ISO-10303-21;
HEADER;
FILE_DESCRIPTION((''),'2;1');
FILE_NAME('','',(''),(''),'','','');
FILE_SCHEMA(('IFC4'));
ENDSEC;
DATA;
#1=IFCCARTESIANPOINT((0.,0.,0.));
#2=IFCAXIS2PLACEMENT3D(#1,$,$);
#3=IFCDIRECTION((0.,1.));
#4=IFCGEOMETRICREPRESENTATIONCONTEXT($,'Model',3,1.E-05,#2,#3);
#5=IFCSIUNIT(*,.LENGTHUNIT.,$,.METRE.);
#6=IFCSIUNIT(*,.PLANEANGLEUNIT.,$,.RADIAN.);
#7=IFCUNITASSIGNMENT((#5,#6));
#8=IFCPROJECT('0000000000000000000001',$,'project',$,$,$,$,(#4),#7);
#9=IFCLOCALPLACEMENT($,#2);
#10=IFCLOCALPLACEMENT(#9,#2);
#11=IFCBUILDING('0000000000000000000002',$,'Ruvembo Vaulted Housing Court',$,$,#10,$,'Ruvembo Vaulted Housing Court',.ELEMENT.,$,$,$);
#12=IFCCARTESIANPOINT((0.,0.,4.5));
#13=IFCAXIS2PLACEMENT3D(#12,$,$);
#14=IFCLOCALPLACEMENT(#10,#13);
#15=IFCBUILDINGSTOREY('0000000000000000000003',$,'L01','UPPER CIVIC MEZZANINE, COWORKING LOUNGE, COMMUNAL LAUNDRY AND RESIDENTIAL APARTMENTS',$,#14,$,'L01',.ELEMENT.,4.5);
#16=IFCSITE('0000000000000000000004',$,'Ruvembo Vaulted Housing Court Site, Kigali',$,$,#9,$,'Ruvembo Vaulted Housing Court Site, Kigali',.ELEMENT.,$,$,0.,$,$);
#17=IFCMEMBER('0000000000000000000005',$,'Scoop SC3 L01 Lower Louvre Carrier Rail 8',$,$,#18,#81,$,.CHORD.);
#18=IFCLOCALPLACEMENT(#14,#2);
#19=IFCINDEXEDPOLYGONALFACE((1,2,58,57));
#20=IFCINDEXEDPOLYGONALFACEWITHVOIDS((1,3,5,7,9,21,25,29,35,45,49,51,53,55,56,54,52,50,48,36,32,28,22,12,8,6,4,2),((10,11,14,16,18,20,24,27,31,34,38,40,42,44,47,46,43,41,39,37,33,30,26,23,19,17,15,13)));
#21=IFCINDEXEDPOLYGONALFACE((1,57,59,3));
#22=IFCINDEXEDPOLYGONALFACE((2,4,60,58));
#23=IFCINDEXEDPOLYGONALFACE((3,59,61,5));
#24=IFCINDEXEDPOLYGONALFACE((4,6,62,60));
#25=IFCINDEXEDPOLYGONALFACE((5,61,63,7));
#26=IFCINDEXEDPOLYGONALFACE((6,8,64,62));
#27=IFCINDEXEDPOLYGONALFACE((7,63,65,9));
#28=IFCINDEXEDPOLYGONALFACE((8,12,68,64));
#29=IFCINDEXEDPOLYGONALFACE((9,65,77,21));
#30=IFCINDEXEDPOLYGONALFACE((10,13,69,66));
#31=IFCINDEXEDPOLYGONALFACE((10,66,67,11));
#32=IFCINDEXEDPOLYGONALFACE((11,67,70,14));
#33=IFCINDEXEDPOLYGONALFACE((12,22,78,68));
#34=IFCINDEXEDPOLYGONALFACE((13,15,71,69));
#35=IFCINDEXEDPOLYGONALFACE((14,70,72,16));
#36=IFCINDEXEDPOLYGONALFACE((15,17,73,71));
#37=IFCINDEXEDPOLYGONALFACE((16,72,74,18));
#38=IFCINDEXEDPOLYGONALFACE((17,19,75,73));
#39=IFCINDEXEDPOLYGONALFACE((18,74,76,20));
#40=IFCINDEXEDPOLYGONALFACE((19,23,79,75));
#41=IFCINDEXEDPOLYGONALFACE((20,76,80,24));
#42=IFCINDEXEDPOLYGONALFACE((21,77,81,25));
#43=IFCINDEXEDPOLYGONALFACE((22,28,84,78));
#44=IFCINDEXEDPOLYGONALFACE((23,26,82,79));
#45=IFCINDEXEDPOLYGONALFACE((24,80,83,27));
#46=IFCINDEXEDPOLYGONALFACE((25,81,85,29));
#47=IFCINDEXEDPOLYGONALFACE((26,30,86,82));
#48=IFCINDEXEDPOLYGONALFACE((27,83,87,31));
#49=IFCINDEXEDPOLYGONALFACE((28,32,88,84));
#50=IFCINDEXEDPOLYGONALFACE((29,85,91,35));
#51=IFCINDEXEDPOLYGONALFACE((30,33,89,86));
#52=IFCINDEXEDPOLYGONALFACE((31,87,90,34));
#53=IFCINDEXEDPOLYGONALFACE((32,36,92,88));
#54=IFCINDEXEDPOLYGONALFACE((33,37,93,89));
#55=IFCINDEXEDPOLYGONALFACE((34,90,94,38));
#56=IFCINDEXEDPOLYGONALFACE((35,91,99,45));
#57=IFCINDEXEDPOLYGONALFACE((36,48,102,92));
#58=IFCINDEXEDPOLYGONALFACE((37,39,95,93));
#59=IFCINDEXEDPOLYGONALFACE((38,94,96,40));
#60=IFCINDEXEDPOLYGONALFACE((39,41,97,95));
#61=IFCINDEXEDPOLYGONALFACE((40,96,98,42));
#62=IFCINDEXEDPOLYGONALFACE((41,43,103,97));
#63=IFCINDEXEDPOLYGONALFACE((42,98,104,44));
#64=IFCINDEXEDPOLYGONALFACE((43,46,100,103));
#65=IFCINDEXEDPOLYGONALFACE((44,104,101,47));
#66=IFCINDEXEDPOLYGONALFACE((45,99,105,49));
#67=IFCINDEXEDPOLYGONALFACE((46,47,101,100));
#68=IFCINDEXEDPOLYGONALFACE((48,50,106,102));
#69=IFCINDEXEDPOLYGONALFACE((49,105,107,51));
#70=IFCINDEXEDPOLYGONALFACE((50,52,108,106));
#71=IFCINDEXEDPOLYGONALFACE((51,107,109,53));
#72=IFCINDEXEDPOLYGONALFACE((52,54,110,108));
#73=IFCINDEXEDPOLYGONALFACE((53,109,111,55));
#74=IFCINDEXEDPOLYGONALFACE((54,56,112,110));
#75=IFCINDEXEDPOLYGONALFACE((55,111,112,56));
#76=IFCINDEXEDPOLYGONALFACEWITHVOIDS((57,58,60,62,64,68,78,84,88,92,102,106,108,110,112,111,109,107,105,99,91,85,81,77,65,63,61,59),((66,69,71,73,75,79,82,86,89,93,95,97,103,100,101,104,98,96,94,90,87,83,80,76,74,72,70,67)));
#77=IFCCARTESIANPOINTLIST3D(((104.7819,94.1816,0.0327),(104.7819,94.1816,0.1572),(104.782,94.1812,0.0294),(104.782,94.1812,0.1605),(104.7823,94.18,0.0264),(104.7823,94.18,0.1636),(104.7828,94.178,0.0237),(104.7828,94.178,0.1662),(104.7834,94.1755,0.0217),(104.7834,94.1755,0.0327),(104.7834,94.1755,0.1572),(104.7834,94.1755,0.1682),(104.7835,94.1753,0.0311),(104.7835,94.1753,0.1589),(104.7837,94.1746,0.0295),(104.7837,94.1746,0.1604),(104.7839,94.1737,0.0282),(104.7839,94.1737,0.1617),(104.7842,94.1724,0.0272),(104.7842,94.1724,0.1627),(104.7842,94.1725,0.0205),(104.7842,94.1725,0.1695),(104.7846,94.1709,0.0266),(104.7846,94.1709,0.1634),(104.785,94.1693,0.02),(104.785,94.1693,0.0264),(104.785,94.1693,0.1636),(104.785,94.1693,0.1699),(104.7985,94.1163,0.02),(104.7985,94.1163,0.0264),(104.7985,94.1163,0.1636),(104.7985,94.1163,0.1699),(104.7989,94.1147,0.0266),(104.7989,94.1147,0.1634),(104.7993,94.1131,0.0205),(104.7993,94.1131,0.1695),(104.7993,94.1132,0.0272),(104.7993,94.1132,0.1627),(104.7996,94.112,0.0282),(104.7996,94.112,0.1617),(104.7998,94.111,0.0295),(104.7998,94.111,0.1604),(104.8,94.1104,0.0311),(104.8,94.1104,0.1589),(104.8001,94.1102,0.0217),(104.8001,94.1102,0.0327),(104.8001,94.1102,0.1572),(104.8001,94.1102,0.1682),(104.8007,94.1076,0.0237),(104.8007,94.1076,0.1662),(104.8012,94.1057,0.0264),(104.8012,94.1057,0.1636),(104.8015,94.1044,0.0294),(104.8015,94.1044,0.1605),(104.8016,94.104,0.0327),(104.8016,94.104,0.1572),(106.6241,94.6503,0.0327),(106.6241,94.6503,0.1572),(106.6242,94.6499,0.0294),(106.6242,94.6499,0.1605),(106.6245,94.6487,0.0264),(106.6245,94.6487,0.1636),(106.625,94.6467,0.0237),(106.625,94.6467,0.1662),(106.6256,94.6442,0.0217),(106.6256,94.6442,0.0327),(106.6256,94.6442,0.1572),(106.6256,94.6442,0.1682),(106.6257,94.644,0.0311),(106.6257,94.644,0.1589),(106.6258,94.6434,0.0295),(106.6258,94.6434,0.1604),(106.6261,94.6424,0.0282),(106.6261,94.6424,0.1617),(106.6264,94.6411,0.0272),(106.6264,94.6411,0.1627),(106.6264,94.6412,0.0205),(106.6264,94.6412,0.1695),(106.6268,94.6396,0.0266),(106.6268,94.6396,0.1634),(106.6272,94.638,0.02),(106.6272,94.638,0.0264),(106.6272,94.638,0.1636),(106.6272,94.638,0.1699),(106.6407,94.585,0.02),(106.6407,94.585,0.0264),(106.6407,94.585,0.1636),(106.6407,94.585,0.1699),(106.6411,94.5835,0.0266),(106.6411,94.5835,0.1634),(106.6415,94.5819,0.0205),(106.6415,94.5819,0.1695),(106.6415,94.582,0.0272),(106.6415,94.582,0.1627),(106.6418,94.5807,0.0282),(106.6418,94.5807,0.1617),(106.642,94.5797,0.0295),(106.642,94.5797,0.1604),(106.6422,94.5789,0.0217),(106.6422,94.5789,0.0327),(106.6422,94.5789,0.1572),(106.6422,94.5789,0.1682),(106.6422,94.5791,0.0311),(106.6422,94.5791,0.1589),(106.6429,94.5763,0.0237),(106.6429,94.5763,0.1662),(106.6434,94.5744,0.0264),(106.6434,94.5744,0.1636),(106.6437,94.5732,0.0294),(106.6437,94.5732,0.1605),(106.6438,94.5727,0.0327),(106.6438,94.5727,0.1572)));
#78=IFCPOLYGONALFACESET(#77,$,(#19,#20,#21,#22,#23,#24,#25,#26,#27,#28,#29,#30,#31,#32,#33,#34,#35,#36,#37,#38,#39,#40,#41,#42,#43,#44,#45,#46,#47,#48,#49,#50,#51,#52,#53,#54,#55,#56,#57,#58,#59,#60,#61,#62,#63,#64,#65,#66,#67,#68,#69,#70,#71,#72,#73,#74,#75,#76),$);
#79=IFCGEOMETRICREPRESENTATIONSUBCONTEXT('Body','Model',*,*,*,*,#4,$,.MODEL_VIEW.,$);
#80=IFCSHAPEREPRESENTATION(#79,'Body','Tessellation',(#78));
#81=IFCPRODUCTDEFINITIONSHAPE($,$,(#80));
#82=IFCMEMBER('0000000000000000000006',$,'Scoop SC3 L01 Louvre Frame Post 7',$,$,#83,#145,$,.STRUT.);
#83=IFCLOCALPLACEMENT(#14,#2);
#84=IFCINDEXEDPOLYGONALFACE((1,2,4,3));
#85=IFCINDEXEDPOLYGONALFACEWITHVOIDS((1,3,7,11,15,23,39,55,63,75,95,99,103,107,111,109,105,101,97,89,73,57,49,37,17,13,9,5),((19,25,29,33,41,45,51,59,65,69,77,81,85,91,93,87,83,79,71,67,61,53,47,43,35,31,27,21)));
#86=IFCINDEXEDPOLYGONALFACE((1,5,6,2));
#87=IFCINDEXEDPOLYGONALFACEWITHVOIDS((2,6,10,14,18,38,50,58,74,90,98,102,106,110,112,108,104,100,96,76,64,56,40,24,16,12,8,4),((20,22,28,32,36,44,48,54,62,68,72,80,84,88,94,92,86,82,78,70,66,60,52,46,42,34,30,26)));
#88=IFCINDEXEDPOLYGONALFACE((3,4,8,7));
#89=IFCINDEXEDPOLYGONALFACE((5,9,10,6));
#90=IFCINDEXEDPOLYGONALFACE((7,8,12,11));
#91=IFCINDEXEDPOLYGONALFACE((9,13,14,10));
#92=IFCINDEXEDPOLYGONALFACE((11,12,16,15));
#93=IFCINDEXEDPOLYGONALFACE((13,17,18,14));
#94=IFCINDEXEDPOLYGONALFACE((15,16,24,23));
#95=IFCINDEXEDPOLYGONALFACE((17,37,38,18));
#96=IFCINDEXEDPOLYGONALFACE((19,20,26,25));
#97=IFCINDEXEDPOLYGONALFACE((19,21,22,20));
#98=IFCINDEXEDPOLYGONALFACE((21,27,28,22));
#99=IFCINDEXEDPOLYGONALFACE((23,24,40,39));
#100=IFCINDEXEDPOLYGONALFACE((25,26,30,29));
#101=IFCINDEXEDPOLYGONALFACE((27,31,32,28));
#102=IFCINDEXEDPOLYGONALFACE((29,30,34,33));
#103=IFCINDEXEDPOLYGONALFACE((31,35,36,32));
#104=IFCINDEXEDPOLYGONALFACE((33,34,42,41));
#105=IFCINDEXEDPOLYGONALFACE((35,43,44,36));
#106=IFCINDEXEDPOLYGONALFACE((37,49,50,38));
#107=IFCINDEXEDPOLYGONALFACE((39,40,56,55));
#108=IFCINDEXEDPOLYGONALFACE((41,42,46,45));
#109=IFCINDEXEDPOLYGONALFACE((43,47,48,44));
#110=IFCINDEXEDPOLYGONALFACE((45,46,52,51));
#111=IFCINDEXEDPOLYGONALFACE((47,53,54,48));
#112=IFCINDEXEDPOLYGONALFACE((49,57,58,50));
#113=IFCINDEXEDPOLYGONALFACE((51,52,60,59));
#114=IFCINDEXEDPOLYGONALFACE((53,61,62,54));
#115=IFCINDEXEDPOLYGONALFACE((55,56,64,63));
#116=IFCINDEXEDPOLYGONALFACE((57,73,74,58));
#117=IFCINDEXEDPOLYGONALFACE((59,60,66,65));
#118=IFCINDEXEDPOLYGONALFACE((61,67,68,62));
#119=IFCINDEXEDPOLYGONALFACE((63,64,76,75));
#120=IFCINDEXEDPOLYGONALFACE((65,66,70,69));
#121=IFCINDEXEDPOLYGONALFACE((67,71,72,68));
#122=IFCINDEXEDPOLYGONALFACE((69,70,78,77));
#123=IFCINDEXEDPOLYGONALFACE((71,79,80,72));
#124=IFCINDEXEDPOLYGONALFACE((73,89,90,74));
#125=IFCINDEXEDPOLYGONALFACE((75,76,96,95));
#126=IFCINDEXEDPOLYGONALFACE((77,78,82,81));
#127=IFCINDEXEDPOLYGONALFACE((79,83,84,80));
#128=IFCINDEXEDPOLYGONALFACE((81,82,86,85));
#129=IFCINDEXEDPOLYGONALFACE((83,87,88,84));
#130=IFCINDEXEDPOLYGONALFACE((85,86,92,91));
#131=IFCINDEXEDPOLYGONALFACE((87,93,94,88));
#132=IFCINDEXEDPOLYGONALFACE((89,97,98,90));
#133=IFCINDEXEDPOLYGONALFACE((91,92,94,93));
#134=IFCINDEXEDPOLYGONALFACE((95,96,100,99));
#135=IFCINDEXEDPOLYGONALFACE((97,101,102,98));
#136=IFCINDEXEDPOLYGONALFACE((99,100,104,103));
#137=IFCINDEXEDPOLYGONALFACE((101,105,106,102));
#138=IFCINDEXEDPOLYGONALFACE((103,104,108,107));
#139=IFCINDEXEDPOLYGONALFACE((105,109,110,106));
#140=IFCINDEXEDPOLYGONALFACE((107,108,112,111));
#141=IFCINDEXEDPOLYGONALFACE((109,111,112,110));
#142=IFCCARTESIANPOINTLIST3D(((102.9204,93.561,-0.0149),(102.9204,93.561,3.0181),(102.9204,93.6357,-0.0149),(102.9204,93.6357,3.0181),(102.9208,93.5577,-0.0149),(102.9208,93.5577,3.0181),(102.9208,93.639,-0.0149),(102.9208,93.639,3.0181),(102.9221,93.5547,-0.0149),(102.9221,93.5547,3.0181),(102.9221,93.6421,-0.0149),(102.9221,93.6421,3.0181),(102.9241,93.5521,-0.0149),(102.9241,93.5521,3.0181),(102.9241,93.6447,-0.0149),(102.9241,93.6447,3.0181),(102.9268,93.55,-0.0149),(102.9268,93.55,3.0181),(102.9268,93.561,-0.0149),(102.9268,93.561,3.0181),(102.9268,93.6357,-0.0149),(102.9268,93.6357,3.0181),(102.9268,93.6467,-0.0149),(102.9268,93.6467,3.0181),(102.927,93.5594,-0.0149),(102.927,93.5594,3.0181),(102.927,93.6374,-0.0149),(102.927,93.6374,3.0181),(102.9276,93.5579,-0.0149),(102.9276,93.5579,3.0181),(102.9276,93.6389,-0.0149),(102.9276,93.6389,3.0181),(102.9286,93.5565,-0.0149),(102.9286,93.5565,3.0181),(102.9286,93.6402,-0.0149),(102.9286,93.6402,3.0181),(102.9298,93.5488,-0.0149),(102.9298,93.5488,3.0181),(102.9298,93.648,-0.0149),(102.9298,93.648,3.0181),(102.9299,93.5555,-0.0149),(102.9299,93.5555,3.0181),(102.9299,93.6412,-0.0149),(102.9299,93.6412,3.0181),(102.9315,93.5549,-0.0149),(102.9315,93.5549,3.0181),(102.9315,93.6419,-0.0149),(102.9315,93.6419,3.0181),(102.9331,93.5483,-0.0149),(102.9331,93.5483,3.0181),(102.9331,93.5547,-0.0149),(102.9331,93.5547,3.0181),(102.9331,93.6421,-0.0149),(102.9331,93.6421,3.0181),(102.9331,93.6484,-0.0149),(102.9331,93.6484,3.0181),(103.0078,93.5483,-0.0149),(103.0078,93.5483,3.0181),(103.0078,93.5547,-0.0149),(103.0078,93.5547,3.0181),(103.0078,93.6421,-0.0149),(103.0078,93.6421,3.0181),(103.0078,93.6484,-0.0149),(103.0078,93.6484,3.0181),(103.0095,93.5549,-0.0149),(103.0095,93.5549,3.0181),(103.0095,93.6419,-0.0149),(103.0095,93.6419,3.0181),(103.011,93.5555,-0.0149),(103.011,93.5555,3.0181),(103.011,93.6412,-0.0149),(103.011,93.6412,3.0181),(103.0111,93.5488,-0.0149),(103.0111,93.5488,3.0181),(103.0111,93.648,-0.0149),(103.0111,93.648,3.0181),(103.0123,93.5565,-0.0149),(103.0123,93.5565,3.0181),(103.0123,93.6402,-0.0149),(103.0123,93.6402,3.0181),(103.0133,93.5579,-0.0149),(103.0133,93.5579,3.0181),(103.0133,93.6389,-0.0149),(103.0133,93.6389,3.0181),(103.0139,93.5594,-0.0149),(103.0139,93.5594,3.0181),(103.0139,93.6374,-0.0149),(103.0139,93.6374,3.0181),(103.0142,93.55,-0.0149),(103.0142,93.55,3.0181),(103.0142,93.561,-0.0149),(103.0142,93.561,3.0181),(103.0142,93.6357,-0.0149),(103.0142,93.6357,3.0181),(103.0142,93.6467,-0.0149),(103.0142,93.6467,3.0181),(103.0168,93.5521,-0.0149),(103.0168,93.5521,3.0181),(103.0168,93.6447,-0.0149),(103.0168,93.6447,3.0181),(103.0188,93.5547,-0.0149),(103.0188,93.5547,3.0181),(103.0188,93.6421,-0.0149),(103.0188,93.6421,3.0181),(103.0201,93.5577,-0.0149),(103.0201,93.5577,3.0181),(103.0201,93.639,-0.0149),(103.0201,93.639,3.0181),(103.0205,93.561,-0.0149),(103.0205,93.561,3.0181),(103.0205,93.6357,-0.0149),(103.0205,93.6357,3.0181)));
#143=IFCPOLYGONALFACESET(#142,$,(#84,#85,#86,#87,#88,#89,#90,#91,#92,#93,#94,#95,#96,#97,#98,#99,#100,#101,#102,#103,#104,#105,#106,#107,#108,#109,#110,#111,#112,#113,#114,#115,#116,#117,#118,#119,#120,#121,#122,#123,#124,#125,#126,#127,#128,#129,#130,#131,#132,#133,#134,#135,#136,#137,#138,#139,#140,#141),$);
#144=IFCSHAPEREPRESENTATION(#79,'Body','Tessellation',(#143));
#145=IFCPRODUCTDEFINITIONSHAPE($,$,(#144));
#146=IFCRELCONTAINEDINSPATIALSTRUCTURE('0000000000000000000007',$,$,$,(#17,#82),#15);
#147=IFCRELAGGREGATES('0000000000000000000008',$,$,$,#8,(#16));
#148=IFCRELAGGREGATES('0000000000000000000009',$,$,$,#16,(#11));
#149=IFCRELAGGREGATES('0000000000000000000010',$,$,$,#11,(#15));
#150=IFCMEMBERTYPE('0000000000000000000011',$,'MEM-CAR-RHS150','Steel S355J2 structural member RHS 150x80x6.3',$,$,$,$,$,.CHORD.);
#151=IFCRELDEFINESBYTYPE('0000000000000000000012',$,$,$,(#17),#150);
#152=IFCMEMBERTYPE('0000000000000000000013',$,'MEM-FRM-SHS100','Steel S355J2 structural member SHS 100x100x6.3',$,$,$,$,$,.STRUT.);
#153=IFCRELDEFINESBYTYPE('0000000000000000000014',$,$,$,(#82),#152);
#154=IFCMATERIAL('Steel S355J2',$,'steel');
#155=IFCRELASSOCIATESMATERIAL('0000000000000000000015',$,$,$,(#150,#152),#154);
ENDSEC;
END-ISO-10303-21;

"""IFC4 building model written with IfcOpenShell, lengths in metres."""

from ifc_helpers import new_model, si_unit, direction, frame, origin, origin_2d, place, context, subcontext, project, spatial, hollow_rectangle, extrude, material, material_profile, profile_set, type_object, element, save


model = new_model("IFC4")

# Units and contexts
model_context = context("Model", 3, precision=1e-05, world=origin(), true_north=direction((0.0, 1.0)))
body_context = subcontext(model_context, "Body", "Model", "MODEL_VIEW")
ifc_project = project(units=[si_unit("LENGTHUNIT", "METRE"), si_unit("PLANEANGLEUNIT", "RADIAN")], contexts=[model_context])

# Site, building, storey
site_placement = place(None, origin())
site = spatial("IfcSite", under=ifc_project, at=site_placement, Name="Ruvembo Vaulted Housing Court Site, Kigali", LongName="Ruvembo Vaulted Housing Court Site, Kigali", CompositionType="ELEMENT", RefElevation=0.0)
building_placement = place(site_placement, origin())
building = spatial("IfcBuilding", under=site, at=building_placement, Name="Ruvembo Vaulted Housing Court", LongName="Ruvembo Vaulted Housing Court", CompositionType="ELEMENT")
storey_placement = place(building_placement, frame((0.0, 0.0, 4.5)))
storey = spatial("IfcBuildingStorey", under=building, at=storey_placement, Name="L01", Description="UPPER CIVIC MEZZANINE, COWORKING LOUNGE, COMMUNAL LAUNDRY AND RESIDENTIAL APARTMENTS", LongName="L01", CompositionType="ELEMENT", Elevation=4.5)

# Shared definitions
ifc_material_1 = material(Name="Steel S355J2", Category="steel")

# Members
ifc_material_profile_1 = material_profile(ifc_material_1, hollow_rectangle(XDim=0.0801, YDim=0.1499, WallThickness=0.0063, InnerFilletRadius=0.0063, OuterFilletRadius=0.0127, at=origin_2d()), Name="RHS 150x80x6.3")
ifc_profile_set_1 = profile_set([ifc_material_profile_1], Name="Steel S355J2")
member_type_1 = type_object("IfcMemberType", Name="MEM-CAR-RHS150", Description="Steel S355J2 structural member RHS 150x80x6.3", PredefinedType="CHORD", material=ifc_profile_set_1)
for number, where, z_axis, x_axis, name in (
    (1, (104.7917, 94.1428, 0.095), (0.969122, 0.246583, 0.0), (-0.246583, 0.969122, 0.0), "Scoop SC3 L01 Lower Louvre Carrier Rail 8"),
):
    element("IfcMember", number, at=place(storey_placement, frame(where, z_axis=z_axis, x_axis=x_axis)), inside=storey, type_object=member_type_1, Name=name, PredefinedType="CHORD", context=body_context, shape_type="SweptSolid", body=[
        extrude(hollow_rectangle(XDim=0.0801, YDim=0.1499, WallThickness=0.0063, InnerFilletRadius=0.0063, OuterFilletRadius=0.0127, at=origin_2d()), origin(), (0.0, 0.0, 1.0), 1.9009),
    ])
ifc_material_profile_2 = material_profile(ifc_material_1, hollow_rectangle(XDim=0.1001, YDim=0.1001, WallThickness=0.0063, InnerFilletRadius=0.0063, OuterFilletRadius=0.0127, at=origin_2d()), Name="SHS 100x100x6.3")
ifc_profile_set_2 = profile_set([ifc_material_profile_2], Name="Steel S355J2")
member_type_2 = type_object("IfcMemberType", Name="MEM-FRM-SHS100", Description="Steel S355J2 structural member SHS 100x100x6.3", PredefinedType="STRUT", material=ifc_profile_set_2)
for number, where, z_axis, x_axis, name in (
    (2, (102.9705, 93.5984, -0.0149), (0.0, 0.0, 1.0), (1.0, 0.0, 0.0), "Scoop SC3 L01 Louvre Frame Post 7"),
):
    element("IfcMember", number, at=place(storey_placement, frame(where, z_axis=z_axis, x_axis=x_axis)), inside=storey, type_object=member_type_2, Name=name, PredefinedType="STRUT", context=body_context, shape_type="SweptSolid", body=[
        extrude(hollow_rectangle(XDim=0.1001, YDim=0.1001, WallThickness=0.0063, InnerFilletRadius=0.0063, OuterFilletRadius=0.0127, at=origin_2d()), origin(), (0.0, 0.0, 1.0), 3.033),
    ])

save(model, "model.ifc")
